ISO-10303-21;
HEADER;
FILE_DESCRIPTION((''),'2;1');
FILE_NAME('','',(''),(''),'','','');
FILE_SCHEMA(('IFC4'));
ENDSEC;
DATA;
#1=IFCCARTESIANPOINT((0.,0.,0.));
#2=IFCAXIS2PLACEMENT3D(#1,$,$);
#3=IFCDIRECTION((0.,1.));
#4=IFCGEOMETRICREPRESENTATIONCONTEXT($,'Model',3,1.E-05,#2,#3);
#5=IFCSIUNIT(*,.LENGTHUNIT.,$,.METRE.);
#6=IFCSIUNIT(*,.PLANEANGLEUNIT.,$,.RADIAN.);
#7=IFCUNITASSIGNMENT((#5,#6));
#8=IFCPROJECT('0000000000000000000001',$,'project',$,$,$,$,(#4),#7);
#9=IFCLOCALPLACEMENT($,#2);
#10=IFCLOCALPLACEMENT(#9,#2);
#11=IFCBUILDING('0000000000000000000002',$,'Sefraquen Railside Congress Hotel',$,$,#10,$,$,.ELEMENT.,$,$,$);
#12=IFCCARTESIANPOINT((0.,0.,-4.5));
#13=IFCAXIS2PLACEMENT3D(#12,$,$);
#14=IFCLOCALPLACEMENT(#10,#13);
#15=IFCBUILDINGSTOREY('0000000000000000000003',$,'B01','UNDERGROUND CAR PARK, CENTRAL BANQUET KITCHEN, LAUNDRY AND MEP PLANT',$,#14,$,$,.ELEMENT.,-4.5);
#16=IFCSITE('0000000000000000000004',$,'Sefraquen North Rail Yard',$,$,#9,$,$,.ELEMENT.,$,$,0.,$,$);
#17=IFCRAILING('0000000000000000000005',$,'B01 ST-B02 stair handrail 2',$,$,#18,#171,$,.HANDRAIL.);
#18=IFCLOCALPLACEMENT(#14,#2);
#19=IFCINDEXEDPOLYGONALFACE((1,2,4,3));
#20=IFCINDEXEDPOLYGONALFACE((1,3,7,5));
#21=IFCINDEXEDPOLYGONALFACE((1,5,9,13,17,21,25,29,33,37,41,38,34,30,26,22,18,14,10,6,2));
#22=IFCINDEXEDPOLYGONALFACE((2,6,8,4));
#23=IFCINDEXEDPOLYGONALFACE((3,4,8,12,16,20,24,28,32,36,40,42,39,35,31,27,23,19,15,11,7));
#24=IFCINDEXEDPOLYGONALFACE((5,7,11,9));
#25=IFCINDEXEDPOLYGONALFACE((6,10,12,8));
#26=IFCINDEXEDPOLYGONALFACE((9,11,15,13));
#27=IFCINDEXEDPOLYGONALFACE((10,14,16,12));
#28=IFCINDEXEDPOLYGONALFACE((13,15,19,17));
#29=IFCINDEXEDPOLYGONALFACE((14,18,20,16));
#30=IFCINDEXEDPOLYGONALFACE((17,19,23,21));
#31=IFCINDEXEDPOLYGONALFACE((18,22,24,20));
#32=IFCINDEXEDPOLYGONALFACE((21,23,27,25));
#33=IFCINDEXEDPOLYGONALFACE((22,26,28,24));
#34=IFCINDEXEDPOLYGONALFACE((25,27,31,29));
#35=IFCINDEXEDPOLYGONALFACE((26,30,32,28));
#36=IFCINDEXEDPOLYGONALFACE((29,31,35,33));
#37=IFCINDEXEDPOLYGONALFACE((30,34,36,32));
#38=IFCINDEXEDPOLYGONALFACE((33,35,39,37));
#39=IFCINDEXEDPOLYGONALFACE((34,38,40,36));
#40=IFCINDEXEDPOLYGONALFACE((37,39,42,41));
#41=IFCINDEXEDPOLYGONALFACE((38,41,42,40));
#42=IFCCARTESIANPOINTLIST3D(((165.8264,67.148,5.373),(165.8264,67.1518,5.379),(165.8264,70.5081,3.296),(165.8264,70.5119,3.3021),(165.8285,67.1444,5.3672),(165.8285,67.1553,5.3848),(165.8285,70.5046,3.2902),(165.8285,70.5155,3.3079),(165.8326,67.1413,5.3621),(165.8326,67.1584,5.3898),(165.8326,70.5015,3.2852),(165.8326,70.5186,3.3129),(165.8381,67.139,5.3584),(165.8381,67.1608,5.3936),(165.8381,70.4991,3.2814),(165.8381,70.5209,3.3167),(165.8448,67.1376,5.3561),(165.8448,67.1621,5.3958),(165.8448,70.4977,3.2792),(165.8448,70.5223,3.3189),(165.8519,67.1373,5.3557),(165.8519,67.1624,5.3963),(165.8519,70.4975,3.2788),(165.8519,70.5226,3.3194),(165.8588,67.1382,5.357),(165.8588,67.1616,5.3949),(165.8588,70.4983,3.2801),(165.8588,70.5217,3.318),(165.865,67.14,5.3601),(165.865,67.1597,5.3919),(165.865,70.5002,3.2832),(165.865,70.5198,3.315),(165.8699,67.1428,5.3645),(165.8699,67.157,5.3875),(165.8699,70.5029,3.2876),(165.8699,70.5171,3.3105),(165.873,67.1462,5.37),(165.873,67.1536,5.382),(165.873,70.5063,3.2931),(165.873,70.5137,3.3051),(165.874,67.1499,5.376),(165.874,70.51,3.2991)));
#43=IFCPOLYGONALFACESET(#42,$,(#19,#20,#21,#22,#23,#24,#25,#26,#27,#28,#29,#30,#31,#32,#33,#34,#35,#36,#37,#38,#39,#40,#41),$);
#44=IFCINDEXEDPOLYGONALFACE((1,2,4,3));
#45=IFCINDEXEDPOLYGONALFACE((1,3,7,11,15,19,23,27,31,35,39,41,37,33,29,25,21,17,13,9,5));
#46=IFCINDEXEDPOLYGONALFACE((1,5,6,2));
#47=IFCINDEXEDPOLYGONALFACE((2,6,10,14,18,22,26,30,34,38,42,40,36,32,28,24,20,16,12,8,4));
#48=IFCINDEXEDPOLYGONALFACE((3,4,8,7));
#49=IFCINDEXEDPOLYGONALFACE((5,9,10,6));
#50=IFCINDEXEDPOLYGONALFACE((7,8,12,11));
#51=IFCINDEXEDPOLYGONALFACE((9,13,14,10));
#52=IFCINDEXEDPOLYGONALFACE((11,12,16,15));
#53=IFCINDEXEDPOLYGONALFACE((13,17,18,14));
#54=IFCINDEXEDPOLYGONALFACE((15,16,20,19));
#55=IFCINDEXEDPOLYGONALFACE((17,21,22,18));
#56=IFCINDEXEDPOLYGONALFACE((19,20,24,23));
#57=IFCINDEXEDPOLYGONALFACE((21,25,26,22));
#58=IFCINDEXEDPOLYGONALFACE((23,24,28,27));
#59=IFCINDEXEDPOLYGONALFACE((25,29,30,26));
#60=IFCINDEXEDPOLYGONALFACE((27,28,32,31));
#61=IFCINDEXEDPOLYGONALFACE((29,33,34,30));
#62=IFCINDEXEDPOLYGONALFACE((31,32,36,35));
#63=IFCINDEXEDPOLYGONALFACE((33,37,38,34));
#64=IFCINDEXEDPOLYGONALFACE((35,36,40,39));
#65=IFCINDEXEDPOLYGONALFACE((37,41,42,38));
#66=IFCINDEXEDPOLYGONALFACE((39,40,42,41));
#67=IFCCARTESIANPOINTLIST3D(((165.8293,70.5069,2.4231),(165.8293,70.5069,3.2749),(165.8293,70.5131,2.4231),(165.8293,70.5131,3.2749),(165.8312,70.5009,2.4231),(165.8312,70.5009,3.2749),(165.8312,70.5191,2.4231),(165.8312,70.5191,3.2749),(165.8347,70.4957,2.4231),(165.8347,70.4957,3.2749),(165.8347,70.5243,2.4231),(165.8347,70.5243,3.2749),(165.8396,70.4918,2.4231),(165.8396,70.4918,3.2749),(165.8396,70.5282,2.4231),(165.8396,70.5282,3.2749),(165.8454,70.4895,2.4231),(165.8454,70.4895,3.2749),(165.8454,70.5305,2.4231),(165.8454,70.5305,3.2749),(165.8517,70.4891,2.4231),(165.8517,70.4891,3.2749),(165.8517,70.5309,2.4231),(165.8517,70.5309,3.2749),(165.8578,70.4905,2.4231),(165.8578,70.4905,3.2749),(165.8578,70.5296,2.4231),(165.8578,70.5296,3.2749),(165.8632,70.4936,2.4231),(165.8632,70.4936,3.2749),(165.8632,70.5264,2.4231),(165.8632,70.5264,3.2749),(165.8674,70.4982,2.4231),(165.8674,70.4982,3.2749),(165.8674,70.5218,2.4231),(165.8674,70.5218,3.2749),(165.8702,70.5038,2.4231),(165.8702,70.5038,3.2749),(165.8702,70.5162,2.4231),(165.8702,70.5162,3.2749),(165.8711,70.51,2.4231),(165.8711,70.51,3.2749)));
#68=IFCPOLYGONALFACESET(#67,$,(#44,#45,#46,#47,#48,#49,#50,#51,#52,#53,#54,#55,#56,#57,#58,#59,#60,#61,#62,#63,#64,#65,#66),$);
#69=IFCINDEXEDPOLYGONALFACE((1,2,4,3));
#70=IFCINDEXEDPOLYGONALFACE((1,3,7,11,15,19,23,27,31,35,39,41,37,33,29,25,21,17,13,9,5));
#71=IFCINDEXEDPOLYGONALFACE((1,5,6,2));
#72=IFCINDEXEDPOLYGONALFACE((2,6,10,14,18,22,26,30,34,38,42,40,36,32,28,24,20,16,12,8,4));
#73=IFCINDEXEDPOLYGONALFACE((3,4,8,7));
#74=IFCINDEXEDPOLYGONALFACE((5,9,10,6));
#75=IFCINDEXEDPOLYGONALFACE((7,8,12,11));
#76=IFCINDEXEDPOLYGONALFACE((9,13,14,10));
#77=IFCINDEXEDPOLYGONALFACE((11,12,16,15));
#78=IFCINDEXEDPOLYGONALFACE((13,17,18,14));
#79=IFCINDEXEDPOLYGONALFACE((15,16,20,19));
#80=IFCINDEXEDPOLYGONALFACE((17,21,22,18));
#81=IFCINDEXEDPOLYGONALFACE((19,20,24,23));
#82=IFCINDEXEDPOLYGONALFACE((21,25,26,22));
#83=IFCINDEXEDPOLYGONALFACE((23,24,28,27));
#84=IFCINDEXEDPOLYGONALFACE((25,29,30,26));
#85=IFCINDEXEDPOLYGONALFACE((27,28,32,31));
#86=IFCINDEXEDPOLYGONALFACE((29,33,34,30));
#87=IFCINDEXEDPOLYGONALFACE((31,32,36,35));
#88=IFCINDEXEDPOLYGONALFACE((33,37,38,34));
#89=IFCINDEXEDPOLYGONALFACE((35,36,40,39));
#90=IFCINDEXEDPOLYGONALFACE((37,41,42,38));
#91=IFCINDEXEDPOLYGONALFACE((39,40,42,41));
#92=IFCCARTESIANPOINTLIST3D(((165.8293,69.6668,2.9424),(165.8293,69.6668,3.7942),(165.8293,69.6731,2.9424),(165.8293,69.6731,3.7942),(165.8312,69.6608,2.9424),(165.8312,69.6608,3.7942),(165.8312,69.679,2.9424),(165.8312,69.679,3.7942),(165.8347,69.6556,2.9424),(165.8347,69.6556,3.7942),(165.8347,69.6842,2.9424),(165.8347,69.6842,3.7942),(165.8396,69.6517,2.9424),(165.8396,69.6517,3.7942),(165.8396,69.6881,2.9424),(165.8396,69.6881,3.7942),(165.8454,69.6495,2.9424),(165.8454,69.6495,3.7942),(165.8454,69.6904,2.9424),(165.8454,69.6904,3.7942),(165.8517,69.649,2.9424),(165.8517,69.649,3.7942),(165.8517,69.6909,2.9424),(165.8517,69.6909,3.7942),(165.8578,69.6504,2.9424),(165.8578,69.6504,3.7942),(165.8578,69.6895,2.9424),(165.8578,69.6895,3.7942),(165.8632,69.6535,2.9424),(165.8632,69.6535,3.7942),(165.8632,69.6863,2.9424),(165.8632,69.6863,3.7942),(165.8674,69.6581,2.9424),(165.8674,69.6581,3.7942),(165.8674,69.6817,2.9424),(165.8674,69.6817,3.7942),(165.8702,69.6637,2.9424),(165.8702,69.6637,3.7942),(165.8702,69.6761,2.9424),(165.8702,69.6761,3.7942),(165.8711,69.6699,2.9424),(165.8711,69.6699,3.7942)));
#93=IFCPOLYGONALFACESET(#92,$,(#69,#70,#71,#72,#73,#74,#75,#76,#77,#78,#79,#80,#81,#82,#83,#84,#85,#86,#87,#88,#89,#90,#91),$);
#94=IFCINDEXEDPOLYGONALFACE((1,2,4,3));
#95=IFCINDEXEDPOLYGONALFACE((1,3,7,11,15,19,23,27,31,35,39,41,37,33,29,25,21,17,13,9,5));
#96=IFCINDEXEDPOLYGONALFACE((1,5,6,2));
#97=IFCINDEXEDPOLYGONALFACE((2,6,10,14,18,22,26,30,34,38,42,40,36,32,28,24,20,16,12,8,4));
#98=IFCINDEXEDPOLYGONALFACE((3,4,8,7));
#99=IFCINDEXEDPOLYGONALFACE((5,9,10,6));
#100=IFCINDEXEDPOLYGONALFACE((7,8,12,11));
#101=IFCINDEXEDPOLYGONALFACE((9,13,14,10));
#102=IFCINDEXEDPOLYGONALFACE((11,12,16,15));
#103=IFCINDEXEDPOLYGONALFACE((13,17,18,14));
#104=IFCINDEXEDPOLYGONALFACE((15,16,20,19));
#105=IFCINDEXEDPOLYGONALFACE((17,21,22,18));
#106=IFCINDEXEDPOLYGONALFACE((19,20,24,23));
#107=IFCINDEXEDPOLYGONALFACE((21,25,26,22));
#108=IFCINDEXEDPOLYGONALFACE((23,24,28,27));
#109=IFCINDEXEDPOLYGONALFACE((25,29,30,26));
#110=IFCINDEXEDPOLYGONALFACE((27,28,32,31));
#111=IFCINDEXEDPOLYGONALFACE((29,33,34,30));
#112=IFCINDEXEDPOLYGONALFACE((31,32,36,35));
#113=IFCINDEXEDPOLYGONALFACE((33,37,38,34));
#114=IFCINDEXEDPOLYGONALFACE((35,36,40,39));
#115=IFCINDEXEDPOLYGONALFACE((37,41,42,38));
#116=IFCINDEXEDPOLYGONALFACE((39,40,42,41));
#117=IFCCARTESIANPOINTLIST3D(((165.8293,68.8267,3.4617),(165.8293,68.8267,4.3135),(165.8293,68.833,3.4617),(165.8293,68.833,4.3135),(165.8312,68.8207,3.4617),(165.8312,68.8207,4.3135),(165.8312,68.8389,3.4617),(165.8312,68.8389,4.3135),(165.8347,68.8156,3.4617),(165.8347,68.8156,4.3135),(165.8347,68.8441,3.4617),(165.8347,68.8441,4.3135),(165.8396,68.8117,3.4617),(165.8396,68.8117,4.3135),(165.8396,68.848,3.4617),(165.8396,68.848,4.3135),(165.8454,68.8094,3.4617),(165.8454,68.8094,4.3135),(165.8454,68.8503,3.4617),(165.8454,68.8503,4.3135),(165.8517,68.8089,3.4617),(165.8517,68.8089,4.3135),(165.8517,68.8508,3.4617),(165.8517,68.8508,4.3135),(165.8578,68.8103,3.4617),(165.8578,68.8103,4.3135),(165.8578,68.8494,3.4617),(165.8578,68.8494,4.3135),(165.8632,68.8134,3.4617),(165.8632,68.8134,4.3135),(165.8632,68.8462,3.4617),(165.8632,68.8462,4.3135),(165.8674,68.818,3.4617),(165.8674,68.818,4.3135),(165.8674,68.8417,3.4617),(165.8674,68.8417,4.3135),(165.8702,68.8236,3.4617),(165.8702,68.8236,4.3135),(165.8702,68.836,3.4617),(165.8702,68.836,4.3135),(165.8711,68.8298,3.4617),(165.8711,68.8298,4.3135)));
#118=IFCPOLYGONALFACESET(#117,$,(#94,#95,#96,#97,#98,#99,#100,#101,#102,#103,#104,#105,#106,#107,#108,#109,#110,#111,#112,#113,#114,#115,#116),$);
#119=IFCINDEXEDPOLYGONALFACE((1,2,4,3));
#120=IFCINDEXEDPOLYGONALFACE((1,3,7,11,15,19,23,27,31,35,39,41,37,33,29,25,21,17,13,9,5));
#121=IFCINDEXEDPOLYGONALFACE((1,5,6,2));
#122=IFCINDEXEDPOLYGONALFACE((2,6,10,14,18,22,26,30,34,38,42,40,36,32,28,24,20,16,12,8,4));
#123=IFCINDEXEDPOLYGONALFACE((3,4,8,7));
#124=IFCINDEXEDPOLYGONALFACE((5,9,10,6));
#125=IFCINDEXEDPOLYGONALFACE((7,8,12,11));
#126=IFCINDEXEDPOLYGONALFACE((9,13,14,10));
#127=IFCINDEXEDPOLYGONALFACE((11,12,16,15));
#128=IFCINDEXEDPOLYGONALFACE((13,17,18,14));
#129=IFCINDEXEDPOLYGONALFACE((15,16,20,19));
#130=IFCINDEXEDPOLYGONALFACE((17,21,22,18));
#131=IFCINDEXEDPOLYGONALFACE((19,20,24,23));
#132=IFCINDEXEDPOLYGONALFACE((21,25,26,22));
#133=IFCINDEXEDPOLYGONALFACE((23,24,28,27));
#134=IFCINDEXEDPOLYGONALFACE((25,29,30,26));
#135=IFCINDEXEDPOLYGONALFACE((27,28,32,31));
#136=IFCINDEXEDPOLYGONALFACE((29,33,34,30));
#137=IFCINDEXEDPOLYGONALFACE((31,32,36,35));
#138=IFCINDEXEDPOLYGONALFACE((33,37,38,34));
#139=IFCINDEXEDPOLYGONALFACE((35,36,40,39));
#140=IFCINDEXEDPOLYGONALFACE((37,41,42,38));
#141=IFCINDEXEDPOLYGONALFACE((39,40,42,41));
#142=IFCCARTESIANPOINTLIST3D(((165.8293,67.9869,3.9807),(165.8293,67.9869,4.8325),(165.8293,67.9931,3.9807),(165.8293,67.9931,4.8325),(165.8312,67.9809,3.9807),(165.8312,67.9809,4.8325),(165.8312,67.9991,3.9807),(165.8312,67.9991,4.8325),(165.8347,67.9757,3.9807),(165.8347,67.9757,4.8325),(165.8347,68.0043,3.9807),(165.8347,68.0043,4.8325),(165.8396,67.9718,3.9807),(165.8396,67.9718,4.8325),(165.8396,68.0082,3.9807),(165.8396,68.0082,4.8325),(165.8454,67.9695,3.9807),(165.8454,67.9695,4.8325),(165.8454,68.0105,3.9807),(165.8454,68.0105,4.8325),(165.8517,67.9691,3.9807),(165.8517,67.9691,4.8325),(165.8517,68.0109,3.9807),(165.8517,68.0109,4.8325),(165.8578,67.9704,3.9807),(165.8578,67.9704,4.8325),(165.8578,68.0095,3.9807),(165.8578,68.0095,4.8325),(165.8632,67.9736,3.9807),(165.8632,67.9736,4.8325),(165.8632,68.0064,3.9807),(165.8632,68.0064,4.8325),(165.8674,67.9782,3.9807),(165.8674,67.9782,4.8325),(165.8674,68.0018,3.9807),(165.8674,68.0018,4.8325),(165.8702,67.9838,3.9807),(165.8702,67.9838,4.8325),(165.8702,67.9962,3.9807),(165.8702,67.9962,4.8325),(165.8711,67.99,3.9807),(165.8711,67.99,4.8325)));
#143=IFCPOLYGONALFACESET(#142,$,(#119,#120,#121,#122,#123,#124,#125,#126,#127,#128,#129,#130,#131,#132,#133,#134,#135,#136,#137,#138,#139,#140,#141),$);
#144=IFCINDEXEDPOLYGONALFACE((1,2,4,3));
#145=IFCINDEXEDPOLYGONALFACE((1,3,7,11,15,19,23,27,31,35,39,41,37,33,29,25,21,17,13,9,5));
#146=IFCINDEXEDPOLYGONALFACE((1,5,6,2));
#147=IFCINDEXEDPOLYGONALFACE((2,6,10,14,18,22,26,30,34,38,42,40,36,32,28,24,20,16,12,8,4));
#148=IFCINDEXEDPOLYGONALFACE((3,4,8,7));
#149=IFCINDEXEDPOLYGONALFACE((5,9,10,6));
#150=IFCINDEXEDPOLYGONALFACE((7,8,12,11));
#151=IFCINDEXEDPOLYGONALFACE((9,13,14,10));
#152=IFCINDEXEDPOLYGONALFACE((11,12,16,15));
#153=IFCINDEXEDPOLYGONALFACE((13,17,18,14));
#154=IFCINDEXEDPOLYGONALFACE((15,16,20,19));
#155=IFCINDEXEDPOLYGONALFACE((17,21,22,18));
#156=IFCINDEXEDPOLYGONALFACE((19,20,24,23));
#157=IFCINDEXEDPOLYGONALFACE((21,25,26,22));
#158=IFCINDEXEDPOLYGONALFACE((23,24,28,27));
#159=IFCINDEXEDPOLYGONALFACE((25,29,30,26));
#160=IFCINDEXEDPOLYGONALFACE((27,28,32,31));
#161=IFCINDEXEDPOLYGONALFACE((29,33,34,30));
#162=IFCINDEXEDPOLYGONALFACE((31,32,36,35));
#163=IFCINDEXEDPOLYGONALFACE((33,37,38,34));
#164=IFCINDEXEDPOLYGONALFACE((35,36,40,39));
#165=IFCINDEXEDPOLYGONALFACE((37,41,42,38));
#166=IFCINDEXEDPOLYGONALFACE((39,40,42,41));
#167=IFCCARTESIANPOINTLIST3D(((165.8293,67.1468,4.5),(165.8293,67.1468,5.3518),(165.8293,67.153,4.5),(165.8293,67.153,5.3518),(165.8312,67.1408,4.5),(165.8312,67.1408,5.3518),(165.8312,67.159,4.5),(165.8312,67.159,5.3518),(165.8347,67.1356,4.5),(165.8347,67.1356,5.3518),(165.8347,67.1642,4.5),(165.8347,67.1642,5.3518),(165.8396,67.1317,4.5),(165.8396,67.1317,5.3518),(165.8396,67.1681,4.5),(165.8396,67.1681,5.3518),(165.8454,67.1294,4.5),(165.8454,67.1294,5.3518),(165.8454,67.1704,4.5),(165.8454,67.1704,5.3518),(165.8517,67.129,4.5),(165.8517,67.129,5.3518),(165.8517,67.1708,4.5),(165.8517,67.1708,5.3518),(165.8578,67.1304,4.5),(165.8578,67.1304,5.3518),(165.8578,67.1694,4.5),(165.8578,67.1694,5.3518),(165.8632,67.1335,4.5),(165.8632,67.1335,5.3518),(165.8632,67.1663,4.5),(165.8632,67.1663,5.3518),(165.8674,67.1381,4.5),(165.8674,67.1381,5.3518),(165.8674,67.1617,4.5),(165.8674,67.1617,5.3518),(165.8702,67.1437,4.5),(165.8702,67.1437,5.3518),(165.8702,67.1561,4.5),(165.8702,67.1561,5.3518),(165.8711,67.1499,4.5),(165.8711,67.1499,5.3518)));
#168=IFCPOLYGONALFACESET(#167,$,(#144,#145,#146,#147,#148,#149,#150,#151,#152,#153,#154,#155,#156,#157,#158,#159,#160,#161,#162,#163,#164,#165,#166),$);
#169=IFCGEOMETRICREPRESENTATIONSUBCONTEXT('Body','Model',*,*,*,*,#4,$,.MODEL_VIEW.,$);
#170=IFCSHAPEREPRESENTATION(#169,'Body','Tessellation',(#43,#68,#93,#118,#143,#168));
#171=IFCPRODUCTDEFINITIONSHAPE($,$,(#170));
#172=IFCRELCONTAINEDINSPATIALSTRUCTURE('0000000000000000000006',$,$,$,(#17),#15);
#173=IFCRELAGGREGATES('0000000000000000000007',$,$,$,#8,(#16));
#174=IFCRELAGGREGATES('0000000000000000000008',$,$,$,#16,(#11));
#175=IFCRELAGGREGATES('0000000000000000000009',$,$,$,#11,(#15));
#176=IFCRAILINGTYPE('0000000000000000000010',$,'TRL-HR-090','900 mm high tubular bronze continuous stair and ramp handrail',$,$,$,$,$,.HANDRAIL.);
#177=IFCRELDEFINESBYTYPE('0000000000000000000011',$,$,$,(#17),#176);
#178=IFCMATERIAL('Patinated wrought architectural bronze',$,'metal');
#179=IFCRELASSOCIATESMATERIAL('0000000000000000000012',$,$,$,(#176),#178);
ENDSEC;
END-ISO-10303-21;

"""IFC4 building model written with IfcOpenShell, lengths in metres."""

from ifc_helpers import new_model, si_unit, direction, frame, origin, origin_2d, place, context, subcontext, project, spatial, circle, extrude, material, type_object, element, save


model = new_model("IFC4")

# Units and contexts
model_context = context("Model", 3, precision=1e-05, world=origin(), true_north=direction((0.0, 1.0)))
body_context = subcontext(model_context, "Body", "Model", "MODEL_VIEW")
ifc_project = project(units=[si_unit("LENGTHUNIT", "METRE"), si_unit("PLANEANGLEUNIT", "RADIAN")], contexts=[model_context])

# Site, building, storey
site_placement = place(None, origin())
site = spatial("IfcSite", under=ifc_project, at=site_placement, Name="Sefraquen North Rail Yard", CompositionType="ELEMENT", RefElevation=0.0)
building_placement = place(site_placement, origin())
building = spatial("IfcBuilding", under=site, at=building_placement, Name="Sefraquen Railside Congress Hotel", CompositionType="ELEMENT")
storey_placement = place(building_placement, frame((0.0, 0.0, -4.5)))
storey = spatial("IfcBuildingStorey", under=building, at=storey_placement, Name="B01", Description="UNDERGROUND CAR PARK, CENTRAL BANQUET KITCHEN, LAUNDRY AND MEP PLANT", CompositionType="ELEMENT", Elevation=-4.5)

# Railing
ifc_material_1 = material(Name="Patinated wrought architectural bronze", Category="metal")
railing_type_1 = type_object("IfcRailingType", Name="TRL-HR-090", Description="900 mm high tubular bronze continuous stair and ramp handrail", PredefinedType="HANDRAIL", material=ifc_material_1)
railing_1_placement = place(storey_placement, frame((165.8501, 70.51, 2.4231)))
element("IfcRailing", 1, at=railing_1_placement, inside=storey, type_object=railing_type_1, Name="B01 ST-B02 stair handrail 2", PredefinedType="HANDRAIL", context=body_context, shape_type="SweptSolid", body=[
    extrude(circle(Radius=0.0239, at=origin_2d()), frame((0.0, 0.0, 0.876), z_axis=(0.0, -0.850623, 0.525776), x_axis=(1.0, 0.0, 0.0)), (0.0, 0.0, 1.0), 3.9502),
    extrude(circle(Radius=0.021, at=origin_2d()), origin(), (0.0, 0.0, 1.0), 0.8518),
    extrude(circle(Radius=0.021, at=origin_2d()), frame((0.0, -0.8401, 0.5193)), (0.0, 0.0, 1.0), 0.8518),
    extrude(circle(Radius=0.021, at=origin_2d()), frame((0.0, -1.6802, 1.0386)), (0.0, 0.0, 1.0), 0.8518),
    extrude(circle(Radius=0.021, at=origin_2d()), frame((0.0, -2.52, 1.5576)), (0.0, 0.0, 1.0), 0.8518),
    extrude(circle(Radius=0.021, at=origin_2d()), frame((0.0, -3.3601, 2.0769)), (0.0, 0.0, 1.0), 0.8518),
])

save(model, "model.ifc")
